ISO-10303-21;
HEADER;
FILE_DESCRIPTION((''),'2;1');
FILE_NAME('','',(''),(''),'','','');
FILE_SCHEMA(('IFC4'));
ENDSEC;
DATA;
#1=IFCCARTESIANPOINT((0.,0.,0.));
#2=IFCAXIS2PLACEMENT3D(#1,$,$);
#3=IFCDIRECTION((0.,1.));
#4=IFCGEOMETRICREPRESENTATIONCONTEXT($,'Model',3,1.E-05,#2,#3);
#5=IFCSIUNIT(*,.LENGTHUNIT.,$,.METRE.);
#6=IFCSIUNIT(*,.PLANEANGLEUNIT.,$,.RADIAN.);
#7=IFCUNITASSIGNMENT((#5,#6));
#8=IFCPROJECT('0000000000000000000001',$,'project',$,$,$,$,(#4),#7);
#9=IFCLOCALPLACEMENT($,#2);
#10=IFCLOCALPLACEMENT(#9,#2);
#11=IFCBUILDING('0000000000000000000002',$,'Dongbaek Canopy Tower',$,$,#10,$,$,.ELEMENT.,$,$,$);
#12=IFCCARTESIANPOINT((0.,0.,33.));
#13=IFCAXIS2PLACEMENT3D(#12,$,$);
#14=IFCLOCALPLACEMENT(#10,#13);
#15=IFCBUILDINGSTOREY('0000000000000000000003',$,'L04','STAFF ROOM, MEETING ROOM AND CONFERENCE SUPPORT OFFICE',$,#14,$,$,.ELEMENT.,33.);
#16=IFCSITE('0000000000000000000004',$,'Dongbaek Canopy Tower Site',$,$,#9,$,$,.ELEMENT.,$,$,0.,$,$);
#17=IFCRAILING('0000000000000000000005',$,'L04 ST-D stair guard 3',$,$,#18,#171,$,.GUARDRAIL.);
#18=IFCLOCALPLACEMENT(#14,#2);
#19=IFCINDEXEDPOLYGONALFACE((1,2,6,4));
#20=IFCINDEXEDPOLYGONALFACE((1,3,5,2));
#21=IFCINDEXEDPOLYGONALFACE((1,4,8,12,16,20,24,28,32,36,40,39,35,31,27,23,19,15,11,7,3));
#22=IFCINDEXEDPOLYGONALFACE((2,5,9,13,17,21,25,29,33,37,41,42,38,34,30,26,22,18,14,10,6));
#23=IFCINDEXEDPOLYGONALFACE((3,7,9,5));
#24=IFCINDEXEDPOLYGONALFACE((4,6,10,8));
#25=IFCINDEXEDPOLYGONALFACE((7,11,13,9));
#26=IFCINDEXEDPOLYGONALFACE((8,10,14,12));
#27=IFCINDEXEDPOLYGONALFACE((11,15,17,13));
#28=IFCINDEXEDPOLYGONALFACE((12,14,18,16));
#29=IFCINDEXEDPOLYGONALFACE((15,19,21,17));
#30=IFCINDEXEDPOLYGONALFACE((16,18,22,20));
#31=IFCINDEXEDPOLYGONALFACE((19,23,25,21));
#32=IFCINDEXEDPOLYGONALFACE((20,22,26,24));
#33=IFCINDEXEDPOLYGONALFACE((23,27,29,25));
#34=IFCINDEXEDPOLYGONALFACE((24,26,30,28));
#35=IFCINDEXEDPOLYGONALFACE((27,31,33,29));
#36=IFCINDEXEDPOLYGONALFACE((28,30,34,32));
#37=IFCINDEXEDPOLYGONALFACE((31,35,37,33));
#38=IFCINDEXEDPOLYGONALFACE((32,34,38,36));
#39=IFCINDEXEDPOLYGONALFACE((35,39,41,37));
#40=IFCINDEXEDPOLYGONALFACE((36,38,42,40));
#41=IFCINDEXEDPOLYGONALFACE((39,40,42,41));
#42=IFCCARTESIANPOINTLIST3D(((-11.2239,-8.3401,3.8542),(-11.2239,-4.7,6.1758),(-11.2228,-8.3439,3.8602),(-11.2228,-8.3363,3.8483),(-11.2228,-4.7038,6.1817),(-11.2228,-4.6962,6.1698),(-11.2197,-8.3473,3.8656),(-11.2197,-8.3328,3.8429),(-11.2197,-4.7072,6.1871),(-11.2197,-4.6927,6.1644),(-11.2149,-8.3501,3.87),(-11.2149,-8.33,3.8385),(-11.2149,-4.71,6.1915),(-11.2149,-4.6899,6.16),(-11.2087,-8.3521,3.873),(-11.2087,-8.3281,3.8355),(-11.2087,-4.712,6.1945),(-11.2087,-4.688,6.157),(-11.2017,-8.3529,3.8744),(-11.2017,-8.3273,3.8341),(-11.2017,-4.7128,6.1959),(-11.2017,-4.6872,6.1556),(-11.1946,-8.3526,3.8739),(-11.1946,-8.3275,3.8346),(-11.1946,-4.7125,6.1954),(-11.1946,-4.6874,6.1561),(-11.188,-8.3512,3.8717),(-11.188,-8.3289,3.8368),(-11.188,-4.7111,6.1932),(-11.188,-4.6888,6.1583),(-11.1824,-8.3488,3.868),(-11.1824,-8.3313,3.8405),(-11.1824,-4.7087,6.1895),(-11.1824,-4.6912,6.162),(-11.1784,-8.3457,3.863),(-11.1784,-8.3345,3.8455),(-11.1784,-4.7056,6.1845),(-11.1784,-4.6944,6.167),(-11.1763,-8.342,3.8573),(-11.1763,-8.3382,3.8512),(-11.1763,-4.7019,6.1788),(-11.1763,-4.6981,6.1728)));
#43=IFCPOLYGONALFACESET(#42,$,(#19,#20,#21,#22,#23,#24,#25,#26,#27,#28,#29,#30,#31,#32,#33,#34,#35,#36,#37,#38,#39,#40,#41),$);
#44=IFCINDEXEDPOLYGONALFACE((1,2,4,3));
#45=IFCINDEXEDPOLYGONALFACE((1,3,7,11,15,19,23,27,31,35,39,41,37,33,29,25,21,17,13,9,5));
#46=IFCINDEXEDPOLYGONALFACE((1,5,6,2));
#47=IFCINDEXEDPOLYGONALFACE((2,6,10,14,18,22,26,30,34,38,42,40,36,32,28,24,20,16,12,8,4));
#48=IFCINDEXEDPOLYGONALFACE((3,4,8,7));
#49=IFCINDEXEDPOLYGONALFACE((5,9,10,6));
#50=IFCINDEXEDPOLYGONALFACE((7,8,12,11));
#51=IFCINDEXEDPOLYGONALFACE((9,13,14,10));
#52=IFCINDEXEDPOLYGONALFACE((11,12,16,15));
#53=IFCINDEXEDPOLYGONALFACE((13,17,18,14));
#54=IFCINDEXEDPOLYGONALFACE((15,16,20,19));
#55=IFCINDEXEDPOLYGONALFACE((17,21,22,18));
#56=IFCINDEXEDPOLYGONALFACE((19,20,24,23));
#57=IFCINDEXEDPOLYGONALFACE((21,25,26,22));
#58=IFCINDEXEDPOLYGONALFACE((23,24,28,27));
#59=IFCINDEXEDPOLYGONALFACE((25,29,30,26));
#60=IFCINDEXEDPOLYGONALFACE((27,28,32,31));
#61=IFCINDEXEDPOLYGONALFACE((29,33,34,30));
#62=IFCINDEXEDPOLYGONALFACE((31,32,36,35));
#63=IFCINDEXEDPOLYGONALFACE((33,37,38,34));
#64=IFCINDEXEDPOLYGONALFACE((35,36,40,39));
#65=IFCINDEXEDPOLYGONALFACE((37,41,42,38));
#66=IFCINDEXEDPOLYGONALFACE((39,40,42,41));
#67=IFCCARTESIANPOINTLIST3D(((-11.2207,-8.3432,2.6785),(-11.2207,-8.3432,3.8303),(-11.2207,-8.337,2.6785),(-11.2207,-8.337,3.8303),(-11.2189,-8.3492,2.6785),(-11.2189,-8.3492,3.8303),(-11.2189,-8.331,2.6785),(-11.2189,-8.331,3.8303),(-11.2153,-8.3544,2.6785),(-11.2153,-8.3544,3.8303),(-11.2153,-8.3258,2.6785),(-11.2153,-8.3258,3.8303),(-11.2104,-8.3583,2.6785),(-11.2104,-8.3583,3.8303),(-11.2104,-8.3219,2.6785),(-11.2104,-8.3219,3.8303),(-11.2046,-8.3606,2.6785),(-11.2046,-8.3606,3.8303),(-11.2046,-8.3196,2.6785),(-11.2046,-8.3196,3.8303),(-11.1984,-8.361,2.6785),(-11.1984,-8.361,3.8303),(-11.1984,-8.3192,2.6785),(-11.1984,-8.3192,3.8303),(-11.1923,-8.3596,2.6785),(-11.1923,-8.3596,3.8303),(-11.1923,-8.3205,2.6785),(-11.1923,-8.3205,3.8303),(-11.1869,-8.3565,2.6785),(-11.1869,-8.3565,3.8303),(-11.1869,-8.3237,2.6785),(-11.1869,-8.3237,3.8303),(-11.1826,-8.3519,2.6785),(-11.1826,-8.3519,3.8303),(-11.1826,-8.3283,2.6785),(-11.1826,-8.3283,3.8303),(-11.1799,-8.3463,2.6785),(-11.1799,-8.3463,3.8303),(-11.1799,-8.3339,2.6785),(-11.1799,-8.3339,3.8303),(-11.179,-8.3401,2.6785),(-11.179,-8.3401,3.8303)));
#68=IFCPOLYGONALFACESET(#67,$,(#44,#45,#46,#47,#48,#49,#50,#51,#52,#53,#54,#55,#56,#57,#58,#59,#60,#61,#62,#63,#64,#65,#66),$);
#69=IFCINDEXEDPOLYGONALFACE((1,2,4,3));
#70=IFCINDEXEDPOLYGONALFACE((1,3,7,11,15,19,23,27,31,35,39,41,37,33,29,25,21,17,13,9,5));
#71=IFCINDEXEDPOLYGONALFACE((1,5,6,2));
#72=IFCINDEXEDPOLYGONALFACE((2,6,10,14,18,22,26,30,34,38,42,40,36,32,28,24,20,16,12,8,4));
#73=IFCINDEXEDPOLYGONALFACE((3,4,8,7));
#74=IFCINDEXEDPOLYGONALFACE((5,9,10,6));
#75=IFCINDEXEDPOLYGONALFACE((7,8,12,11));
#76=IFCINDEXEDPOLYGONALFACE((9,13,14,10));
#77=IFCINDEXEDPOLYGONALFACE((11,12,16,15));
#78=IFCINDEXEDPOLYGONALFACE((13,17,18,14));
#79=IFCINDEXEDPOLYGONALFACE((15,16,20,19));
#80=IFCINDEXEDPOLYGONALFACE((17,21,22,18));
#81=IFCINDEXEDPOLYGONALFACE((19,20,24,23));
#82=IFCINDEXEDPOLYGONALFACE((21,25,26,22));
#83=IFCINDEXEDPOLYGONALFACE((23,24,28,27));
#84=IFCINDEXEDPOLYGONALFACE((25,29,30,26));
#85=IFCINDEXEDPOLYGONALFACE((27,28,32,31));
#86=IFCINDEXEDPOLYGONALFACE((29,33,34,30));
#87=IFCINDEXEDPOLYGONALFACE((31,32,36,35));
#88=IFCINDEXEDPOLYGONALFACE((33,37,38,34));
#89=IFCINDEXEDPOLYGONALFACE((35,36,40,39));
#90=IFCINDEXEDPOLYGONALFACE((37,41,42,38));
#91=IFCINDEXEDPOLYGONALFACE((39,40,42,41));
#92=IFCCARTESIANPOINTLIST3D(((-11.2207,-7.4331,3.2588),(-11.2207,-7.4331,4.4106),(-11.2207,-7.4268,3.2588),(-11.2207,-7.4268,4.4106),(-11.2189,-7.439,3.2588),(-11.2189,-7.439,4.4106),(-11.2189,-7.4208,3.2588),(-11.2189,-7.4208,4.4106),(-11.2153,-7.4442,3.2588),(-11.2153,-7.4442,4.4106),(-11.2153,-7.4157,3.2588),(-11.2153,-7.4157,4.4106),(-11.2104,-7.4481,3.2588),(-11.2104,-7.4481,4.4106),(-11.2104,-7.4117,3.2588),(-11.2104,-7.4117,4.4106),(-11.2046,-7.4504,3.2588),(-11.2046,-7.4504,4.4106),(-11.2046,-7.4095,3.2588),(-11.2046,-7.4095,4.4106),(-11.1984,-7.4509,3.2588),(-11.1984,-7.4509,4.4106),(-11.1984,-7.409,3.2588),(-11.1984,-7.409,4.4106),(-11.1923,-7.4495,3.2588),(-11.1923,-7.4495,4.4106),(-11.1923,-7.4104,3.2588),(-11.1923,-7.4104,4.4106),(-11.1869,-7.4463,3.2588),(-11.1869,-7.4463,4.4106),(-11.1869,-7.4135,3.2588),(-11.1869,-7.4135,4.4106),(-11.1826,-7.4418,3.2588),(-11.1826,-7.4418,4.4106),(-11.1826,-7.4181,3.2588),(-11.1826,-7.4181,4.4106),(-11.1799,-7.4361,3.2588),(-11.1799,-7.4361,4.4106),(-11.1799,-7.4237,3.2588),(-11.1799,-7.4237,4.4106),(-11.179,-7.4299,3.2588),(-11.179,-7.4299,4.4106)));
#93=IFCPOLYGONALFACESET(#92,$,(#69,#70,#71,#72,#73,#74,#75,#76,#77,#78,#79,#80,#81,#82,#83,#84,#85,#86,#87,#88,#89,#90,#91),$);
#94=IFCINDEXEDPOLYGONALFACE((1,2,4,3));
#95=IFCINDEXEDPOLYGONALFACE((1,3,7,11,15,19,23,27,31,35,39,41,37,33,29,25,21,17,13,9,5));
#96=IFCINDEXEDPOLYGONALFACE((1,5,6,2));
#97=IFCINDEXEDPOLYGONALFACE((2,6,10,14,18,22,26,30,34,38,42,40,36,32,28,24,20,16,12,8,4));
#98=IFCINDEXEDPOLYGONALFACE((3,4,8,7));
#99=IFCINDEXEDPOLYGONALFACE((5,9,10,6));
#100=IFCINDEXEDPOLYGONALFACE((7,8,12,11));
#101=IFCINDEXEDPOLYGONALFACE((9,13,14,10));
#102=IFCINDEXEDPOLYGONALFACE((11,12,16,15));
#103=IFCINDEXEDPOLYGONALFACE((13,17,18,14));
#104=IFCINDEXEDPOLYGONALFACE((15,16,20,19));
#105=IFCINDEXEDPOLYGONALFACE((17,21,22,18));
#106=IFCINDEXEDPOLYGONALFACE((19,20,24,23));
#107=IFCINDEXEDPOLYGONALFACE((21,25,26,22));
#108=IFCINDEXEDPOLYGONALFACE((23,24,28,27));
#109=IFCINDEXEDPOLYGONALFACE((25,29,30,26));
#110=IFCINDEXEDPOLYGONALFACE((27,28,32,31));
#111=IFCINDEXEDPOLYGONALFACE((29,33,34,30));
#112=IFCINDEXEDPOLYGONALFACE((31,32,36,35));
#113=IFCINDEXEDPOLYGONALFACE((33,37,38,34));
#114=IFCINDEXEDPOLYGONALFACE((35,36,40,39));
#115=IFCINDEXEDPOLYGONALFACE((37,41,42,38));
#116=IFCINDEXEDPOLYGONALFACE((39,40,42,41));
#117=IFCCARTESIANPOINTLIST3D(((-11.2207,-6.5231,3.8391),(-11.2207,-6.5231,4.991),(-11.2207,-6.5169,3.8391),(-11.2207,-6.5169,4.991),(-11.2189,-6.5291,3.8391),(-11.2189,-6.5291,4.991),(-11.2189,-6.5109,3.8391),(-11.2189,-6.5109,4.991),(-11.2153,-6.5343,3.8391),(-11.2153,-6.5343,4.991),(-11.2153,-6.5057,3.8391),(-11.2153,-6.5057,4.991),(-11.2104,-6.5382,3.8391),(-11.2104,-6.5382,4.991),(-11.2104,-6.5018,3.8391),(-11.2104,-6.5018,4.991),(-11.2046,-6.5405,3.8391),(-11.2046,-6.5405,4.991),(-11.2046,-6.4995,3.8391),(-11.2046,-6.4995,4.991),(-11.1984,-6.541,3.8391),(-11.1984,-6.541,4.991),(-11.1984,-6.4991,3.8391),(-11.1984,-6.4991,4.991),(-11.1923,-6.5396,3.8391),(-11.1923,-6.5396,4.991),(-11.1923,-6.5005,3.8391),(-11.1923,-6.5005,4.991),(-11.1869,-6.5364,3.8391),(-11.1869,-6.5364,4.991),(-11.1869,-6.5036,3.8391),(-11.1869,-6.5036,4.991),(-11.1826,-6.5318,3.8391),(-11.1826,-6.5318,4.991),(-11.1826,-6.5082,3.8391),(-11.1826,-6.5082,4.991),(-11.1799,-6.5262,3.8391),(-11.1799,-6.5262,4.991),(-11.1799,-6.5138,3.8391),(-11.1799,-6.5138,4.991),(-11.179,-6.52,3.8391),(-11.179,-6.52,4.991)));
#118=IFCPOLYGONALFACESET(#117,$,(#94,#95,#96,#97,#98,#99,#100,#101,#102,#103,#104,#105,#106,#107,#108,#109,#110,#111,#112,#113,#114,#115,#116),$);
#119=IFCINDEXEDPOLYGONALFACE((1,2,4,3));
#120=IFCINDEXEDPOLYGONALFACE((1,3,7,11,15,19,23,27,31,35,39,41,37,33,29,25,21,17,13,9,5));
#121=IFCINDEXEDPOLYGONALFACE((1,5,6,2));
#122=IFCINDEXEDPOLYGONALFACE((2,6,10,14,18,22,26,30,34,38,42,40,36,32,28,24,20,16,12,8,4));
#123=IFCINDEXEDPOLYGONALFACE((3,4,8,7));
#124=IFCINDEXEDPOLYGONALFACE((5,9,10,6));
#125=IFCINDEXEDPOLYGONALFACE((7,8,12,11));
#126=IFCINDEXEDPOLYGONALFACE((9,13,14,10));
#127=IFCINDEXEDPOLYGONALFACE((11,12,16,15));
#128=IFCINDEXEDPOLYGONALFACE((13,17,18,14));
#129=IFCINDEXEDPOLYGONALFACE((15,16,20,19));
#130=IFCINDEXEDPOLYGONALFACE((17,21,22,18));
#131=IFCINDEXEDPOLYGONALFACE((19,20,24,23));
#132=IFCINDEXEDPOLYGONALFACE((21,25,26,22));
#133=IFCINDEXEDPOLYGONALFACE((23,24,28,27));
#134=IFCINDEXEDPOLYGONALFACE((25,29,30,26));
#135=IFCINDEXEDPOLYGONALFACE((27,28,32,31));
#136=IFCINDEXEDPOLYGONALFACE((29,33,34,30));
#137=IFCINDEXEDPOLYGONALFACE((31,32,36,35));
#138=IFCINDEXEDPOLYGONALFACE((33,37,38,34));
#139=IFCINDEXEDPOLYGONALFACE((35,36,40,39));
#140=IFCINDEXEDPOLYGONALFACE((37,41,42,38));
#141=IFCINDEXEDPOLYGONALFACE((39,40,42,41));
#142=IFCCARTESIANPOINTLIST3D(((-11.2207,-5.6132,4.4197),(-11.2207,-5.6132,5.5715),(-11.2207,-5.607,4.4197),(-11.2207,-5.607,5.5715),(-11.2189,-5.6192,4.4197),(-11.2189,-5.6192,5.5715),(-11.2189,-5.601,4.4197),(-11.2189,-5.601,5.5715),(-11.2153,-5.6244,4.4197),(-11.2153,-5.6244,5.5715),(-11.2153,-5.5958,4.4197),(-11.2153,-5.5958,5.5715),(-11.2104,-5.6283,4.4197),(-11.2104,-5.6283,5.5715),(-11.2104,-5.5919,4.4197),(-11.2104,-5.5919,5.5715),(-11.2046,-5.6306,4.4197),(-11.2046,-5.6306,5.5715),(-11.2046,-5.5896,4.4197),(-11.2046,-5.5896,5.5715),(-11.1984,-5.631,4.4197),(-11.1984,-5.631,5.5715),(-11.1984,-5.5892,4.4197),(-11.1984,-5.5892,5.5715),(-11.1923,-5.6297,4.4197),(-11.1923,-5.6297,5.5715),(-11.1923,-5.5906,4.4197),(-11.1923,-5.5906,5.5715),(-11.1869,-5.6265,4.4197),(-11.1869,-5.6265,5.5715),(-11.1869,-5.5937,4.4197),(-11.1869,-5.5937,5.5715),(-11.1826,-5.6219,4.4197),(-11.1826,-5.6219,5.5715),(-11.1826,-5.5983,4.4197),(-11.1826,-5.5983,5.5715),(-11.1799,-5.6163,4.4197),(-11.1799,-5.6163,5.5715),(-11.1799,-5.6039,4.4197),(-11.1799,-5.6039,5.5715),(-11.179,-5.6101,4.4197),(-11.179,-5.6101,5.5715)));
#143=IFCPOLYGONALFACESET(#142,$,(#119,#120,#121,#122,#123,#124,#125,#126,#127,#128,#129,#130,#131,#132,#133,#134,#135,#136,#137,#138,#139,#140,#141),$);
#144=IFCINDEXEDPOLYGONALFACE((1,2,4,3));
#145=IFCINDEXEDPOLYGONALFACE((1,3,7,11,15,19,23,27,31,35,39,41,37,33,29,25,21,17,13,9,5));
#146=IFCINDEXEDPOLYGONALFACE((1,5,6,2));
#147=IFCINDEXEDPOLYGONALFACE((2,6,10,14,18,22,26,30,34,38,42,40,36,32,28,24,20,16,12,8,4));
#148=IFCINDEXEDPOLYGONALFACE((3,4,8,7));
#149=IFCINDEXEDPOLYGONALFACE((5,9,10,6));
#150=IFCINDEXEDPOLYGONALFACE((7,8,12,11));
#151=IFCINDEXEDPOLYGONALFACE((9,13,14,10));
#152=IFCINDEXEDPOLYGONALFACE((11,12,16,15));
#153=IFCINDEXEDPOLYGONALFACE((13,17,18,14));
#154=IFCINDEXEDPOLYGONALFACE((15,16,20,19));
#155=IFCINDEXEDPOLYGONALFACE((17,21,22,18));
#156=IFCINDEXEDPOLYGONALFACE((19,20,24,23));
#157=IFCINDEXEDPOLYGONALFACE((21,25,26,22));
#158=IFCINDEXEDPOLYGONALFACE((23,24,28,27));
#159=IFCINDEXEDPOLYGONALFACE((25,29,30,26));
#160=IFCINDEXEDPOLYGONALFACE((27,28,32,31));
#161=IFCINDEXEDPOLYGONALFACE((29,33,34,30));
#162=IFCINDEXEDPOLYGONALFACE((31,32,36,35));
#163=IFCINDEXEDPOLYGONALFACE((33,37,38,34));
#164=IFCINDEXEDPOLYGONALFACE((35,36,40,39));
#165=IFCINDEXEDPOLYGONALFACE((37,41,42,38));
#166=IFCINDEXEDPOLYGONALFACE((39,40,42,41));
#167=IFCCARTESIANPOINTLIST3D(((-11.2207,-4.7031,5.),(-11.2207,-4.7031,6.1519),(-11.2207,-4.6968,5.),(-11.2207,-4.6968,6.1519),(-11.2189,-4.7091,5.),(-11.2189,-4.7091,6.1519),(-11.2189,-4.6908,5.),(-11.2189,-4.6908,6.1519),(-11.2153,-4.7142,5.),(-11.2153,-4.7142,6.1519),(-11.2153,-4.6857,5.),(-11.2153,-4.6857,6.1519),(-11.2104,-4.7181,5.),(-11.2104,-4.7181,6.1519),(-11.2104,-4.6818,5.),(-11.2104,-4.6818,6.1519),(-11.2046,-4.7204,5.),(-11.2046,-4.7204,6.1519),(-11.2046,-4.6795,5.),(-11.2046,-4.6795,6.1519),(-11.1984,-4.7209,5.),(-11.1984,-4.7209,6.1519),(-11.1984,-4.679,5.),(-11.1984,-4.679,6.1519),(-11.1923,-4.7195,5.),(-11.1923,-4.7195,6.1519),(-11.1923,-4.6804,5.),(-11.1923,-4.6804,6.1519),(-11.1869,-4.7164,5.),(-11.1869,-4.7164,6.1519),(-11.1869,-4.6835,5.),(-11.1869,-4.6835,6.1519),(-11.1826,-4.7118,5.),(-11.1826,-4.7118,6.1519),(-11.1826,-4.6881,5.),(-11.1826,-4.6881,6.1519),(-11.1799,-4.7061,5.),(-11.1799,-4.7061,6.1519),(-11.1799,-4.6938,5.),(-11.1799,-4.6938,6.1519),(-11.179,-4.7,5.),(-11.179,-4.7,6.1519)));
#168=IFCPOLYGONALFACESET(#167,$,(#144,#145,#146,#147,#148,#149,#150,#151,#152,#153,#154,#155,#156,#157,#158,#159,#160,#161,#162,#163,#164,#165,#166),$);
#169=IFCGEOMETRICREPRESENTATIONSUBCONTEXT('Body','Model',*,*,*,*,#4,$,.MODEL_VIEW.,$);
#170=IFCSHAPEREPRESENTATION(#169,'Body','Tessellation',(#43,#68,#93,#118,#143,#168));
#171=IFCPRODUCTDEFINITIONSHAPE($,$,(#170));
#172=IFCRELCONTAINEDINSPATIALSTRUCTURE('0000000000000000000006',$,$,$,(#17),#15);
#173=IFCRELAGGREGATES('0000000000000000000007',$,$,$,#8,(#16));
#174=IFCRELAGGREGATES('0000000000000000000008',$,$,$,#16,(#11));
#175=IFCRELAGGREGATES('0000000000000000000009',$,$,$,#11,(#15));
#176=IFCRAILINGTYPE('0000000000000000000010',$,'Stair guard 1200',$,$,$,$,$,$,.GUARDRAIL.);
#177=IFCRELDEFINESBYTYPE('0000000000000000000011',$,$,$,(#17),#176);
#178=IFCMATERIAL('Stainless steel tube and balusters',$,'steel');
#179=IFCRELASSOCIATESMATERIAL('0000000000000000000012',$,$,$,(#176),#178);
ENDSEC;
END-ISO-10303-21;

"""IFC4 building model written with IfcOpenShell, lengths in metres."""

from ifc_helpers import new_model, si_unit, direction, frame, origin, origin_2d, place, context, subcontext, project, spatial, circle, extrude, material, type_object, element, save


model = new_model("IFC4")

# Units and contexts
model_context = context("Model", 3, precision=1e-05, world=origin(), true_north=direction((0.0, 1.0)))
body_context = subcontext(model_context, "Body", "Model", "MODEL_VIEW")
ifc_project = project(units=[si_unit("LENGTHUNIT", "METRE"), si_unit("PLANEANGLEUNIT", "RADIAN")], contexts=[model_context])

# Site, building, storey
site_placement = place(None, origin())
site = spatial("IfcSite", under=ifc_project, at=site_placement, Name="Dongbaek Canopy Tower Site", CompositionType="ELEMENT", RefElevation=0.0)
building_placement = place(site_placement, origin())
building = spatial("IfcBuilding", under=site, at=building_placement, Name="Dongbaek Canopy Tower", CompositionType="ELEMENT")
storey_placement = place(building_placement, frame((0.0, 0.0, 33.0)))
storey = spatial("IfcBuildingStorey", under=building, at=storey_placement, Name="L04", Description="STAFF ROOM, MEETING ROOM AND CONFERENCE SUPPORT OFFICE", CompositionType="ELEMENT", Elevation=33.0)

# Railing
ifc_material_1 = material(Name="Stainless steel tube and balusters", Category="steel")
railing_type_1 = type_object("IfcRailingType", Name="Stair guard 1200", PredefinedType="GUARDRAIL", material=ifc_material_1)
railing_1_placement = place(storey_placement, frame((-11.2, -8.3401, 2.6785)))
element("IfcRailing", 1, at=railing_1_placement, inside=storey, type_object=railing_type_1, Name="L04 ST-D stair guard 3", PredefinedType="GUARDRAIL", context=body_context, shape_type="SweptSolid", body=[
    extrude(circle(Radius=0.0239, at=origin_2d()), frame((0.0, 0.0, 1.1758), z_axis=(0.0, 0.843128, 0.537713), x_axis=(-1.0, 0.0, 0.0)), (0.0, 0.0, 1.0), 4.3174),
    extrude(circle(Radius=0.021, at=origin_2d()), origin(), (0.0, 0.0, 1.0), 1.1519),
    extrude(circle(Radius=0.021, at=origin_2d()), frame((0.0, 0.9102, 0.5803)), (0.0, 0.0, 1.0), 1.1519),
    extrude(circle(Radius=0.021, at=origin_2d()), frame((0.0, 1.8201, 1.1606)), (0.0, 0.0, 1.0), 1.1519),
    extrude(circle(Radius=0.021, at=origin_2d()), frame((0.0, 2.73, 1.7412)), (0.0, 0.0, 1.0), 1.1519),
    extrude(circle(Radius=0.021, at=origin_2d()), frame((0.0, 3.6401, 2.3215)), (0.0, 0.0, 1.0), 1.1519),
])

save(model, "model.ifc")
